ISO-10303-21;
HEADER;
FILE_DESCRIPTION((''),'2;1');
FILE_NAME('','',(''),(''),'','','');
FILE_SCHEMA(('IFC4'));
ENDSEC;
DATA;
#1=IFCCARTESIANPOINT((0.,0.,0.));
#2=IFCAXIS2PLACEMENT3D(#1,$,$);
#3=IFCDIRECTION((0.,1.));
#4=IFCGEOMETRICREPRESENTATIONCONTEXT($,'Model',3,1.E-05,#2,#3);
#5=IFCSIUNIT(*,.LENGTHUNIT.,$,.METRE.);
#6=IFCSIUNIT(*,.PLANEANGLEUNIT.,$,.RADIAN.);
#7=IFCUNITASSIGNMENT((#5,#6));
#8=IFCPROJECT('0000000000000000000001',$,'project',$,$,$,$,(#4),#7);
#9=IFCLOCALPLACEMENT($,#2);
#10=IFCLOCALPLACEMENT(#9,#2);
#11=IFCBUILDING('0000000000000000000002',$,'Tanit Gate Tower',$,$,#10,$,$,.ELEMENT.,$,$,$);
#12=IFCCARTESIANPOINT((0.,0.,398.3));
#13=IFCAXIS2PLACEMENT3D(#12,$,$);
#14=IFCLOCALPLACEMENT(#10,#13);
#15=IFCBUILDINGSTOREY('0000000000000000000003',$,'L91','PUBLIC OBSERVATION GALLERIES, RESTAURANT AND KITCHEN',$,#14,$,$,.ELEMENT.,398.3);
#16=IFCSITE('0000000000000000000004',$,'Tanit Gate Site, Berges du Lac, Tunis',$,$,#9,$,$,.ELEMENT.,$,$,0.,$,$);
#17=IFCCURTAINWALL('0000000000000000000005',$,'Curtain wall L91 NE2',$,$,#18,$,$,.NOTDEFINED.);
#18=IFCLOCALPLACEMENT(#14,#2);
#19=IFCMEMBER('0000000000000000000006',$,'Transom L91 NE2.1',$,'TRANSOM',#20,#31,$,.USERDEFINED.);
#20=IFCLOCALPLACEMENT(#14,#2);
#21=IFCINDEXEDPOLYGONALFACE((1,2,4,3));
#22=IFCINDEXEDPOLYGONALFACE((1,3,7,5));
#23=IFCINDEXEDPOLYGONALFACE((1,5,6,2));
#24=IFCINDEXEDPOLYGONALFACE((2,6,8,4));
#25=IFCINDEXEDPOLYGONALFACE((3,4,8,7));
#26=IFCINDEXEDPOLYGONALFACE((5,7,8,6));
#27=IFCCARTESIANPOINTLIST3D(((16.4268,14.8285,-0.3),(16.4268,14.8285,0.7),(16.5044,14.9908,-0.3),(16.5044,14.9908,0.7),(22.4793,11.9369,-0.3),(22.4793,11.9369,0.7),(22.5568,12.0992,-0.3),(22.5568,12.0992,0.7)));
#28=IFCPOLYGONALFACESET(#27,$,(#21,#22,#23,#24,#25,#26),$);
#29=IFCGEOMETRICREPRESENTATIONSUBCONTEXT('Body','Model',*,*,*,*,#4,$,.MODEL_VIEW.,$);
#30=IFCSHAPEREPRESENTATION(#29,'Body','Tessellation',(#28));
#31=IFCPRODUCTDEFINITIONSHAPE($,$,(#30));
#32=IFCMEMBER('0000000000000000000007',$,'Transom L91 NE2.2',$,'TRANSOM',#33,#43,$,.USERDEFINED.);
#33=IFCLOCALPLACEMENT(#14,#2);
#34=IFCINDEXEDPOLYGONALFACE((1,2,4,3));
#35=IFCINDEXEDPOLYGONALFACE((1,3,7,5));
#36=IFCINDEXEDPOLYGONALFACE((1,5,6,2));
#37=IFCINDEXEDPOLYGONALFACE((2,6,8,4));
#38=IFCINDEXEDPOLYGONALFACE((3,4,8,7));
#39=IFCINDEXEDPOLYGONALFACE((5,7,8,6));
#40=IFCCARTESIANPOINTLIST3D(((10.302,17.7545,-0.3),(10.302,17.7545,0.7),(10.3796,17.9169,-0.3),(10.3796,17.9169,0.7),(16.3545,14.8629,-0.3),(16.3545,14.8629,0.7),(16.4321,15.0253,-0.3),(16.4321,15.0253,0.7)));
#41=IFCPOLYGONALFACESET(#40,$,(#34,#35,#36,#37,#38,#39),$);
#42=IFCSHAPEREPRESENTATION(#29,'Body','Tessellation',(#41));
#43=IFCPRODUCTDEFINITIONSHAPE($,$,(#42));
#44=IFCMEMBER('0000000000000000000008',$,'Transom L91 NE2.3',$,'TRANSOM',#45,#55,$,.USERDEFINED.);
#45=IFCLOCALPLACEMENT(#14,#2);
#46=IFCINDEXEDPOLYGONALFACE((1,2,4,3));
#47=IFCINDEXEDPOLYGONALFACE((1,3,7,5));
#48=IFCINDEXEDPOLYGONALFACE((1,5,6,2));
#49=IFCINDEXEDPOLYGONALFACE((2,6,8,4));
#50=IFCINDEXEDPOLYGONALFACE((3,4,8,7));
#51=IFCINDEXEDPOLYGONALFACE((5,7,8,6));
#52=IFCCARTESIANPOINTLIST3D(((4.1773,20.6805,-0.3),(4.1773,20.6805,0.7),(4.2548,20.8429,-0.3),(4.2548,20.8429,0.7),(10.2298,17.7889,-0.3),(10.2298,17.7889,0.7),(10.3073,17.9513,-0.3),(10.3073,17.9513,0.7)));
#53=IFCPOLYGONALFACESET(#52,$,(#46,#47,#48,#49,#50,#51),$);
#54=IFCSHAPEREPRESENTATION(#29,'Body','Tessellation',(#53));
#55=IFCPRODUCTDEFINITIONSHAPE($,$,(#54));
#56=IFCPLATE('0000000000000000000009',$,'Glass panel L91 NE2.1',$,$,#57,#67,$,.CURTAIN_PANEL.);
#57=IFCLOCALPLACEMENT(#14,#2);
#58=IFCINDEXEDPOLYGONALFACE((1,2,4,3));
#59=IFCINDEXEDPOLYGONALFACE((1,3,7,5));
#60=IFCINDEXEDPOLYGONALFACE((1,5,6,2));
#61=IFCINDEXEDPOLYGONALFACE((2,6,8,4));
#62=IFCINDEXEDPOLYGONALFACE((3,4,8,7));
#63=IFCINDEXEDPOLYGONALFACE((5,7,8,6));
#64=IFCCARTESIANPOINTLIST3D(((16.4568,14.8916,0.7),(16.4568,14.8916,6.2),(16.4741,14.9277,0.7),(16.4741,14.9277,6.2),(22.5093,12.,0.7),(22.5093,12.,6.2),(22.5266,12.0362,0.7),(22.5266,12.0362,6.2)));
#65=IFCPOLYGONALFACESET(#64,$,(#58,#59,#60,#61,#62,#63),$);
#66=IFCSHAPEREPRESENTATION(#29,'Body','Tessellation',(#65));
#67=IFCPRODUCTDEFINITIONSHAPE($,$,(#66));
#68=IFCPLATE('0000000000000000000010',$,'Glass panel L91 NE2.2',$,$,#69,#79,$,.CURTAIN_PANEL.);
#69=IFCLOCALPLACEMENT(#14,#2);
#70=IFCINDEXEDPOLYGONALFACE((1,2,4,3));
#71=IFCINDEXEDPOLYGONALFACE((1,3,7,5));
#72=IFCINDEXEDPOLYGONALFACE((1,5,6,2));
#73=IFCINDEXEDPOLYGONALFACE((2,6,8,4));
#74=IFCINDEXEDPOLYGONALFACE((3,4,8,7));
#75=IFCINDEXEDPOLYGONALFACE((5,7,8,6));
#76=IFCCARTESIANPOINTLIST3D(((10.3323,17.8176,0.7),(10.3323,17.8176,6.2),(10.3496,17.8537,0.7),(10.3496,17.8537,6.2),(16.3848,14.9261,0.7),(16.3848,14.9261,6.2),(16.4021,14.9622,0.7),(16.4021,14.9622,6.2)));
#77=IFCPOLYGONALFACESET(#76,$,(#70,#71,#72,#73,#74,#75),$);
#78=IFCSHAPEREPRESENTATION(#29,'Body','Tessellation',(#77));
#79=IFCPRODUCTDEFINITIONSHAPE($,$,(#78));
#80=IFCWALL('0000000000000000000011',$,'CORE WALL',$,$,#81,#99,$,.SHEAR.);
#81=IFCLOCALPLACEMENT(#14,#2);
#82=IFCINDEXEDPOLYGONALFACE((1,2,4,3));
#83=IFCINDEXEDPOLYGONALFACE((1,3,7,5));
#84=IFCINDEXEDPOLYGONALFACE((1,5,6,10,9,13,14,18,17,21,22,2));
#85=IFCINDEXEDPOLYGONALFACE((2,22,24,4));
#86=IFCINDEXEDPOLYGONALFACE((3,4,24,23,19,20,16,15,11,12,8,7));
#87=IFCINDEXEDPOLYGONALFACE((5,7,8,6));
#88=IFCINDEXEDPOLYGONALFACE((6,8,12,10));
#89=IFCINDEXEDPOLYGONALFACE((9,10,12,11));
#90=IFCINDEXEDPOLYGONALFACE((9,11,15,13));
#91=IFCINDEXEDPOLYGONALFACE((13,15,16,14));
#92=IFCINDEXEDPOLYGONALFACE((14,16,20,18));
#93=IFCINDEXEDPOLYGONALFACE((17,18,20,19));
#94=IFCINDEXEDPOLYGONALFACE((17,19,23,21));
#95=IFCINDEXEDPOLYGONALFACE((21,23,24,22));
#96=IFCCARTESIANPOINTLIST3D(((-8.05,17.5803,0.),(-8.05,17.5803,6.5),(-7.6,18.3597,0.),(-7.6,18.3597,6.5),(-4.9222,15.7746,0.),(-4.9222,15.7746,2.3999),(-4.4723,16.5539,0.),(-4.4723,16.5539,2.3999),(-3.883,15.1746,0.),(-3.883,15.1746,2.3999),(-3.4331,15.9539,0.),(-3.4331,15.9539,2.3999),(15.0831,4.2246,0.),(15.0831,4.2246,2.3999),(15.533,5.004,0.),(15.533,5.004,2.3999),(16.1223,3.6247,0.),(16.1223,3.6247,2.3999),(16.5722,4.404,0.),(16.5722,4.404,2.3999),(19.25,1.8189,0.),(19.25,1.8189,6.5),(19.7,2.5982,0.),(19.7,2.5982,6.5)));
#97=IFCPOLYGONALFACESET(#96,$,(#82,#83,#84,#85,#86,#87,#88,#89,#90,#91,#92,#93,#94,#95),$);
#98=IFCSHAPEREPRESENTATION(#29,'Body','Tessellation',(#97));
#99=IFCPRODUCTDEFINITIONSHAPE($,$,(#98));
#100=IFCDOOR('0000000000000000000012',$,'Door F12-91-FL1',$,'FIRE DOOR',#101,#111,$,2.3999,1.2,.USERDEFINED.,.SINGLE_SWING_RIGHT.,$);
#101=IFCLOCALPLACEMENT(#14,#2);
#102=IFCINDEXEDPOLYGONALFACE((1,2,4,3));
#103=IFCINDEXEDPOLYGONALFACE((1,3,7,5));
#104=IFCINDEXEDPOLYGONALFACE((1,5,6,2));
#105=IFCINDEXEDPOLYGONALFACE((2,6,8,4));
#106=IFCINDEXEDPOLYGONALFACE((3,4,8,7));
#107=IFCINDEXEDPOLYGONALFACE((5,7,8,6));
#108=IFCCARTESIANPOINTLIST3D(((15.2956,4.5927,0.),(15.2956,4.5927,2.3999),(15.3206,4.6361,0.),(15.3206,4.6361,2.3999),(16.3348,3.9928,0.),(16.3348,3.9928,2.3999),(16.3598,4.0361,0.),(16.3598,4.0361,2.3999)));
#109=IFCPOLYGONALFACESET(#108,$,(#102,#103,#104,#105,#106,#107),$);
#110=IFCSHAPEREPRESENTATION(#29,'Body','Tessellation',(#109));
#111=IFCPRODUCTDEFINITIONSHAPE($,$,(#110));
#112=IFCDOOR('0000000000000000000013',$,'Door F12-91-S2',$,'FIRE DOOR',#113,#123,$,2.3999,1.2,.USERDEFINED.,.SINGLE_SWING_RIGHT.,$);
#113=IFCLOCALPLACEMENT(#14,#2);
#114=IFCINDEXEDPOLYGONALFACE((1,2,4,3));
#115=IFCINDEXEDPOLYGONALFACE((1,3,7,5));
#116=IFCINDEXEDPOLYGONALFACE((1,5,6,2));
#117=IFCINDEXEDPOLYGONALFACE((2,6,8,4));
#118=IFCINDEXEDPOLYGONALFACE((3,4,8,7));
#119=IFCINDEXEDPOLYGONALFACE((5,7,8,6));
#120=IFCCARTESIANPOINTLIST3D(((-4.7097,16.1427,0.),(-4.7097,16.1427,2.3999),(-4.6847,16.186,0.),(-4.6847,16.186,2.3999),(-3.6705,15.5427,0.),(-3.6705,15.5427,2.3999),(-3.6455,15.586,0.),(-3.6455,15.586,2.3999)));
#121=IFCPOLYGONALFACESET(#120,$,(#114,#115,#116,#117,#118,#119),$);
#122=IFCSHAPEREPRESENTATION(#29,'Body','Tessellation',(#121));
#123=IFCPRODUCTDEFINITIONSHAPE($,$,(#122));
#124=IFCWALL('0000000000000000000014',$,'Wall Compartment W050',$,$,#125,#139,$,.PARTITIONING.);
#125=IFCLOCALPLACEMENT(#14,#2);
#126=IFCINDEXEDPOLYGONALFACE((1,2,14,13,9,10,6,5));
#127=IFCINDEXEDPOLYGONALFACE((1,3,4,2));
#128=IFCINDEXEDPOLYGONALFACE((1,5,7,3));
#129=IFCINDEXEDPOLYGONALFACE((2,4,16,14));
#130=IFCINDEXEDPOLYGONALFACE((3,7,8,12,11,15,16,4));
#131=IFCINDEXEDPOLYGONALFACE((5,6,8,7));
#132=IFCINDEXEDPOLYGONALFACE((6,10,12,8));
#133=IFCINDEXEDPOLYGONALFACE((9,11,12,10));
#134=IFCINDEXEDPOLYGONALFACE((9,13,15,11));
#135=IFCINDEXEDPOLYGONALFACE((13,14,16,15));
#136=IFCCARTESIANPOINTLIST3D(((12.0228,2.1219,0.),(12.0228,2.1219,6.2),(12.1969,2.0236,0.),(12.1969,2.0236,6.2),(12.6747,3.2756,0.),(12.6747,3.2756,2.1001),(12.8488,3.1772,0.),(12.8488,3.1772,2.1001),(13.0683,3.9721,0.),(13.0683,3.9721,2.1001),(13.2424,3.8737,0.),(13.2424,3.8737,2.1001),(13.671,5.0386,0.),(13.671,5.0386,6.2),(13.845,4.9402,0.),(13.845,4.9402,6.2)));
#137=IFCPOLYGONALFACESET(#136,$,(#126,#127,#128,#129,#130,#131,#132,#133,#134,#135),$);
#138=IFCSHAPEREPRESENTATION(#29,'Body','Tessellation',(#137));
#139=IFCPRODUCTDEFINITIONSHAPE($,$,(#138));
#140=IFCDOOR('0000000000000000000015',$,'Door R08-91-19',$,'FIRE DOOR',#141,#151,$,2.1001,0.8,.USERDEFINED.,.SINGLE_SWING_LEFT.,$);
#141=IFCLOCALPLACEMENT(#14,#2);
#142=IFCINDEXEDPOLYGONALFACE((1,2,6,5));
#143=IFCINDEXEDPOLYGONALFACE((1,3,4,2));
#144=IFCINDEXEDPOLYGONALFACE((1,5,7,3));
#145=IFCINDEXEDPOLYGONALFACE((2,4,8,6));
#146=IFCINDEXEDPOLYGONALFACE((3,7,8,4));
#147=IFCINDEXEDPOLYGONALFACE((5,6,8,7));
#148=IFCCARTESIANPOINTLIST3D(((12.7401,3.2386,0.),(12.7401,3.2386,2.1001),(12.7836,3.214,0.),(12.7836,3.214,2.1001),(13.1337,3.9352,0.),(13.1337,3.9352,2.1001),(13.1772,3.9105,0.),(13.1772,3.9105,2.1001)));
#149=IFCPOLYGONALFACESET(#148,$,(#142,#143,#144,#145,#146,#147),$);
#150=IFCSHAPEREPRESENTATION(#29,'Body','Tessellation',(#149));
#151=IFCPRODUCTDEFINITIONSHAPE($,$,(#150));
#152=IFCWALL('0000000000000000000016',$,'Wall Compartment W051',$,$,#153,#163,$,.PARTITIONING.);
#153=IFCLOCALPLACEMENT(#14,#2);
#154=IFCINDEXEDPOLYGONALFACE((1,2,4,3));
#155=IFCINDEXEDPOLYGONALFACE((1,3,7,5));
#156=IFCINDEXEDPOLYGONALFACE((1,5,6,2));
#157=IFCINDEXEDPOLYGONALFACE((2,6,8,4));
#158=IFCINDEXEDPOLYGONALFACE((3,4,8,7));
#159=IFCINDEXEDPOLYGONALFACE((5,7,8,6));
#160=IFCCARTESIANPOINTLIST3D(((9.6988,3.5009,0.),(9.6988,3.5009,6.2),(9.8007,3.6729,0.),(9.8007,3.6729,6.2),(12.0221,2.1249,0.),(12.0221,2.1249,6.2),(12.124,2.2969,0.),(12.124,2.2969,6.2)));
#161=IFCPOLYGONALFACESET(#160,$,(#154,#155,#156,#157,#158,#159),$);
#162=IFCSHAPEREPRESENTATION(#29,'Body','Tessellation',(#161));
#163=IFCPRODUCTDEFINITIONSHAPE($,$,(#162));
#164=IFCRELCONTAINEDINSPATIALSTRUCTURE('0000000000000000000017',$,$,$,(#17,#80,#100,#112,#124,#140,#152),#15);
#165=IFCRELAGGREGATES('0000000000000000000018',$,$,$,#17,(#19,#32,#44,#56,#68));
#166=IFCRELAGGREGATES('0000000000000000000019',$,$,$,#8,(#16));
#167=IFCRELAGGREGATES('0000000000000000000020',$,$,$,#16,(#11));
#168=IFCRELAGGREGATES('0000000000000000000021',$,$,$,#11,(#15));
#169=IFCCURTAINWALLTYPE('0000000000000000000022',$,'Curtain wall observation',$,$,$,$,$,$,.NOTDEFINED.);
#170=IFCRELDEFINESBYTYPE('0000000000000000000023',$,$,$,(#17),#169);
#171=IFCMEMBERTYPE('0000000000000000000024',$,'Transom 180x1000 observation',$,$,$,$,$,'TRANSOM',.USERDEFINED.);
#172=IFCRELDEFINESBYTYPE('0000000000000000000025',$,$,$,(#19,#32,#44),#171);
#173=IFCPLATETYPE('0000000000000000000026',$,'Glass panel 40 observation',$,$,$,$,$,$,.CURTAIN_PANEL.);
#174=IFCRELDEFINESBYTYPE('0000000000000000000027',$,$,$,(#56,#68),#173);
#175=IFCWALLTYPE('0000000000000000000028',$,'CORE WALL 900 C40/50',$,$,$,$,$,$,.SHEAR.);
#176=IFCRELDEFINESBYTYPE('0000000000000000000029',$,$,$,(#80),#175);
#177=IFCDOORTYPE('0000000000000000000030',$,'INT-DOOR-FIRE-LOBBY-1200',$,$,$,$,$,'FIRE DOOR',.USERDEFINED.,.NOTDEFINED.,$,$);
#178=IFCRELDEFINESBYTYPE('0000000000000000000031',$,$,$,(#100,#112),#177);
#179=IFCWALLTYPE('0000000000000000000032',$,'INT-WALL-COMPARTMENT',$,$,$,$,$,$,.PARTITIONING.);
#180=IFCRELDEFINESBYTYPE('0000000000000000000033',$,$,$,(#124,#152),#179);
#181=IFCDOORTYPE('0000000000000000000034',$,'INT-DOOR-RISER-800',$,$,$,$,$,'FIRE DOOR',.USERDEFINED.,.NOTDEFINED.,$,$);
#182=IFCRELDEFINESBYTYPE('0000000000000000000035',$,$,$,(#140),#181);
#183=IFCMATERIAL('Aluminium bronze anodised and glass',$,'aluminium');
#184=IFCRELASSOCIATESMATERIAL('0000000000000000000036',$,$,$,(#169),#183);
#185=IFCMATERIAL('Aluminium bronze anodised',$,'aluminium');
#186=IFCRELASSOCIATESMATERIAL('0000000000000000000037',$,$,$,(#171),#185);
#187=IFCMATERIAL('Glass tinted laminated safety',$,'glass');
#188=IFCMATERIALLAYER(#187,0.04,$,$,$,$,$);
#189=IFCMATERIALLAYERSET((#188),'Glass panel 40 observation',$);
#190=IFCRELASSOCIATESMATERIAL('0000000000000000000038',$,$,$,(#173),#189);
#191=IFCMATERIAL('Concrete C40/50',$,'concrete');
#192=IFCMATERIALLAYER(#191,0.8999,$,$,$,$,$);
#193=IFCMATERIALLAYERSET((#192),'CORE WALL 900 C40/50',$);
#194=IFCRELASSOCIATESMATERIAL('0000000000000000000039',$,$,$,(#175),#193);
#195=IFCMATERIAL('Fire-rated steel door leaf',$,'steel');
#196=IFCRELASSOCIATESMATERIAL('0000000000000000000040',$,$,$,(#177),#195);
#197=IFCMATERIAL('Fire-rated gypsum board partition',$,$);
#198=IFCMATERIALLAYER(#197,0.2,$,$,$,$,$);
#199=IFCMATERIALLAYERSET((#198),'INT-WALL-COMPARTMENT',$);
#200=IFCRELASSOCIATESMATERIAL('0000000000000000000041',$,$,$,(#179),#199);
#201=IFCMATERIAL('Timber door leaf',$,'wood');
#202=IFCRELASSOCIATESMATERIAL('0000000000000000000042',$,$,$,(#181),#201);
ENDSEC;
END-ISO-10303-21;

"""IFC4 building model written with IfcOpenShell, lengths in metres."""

from ifc_helpers import new_model, si_unit, direction, frame, frame_2d, origin, origin_2d, place, context, subcontext, project, spatial, rectangle, extrude, material, layer, layer_set, material_profile, profile_set, type_object, element, fill, aggregate, save


model = new_model("IFC4")

# Units and contexts
model_context = context("Model", 3, precision=1e-05, world=origin(), true_north=direction((0.0, 1.0)))
body_context = subcontext(model_context, "Body", "Model", "MODEL_VIEW")
ifc_project = project(units=[si_unit("LENGTHUNIT", "METRE"), si_unit("PLANEANGLEUNIT", "RADIAN")], contexts=[model_context])

# Site, building, storey
site_placement = place(None, origin())
site = spatial("IfcSite", under=ifc_project, at=site_placement, Name="Tanit Gate Site, Berges du Lac, Tunis", CompositionType="ELEMENT", RefElevation=0.0)
building_placement = place(site_placement, origin())
building = spatial("IfcBuilding", under=site, at=building_placement, Name="Tanit Gate Tower", CompositionType="ELEMENT")
storey_placement = place(building_placement, frame((0.0, 0.0, 398.3)))
storey = spatial("IfcBuildingStorey", under=building, at=storey_placement, Name="L91", Description="PUBLIC OBSERVATION GALLERIES, RESTAURANT AND KITCHEN", CompositionType="ELEMENT", Elevation=398.3)

# Curtain wall
ifc_material_1 = material(Name="Aluminium bronze anodised and glass", Category="aluminium")
curtain_wall_type = type_object("IfcCurtainWallType", Name="Curtain wall observation", PredefinedType="NOTDEFINED", material=ifc_material_1)
curtain_wall_placement = place(storey_placement, origin())
curtain_wall = element("IfcCurtainWall", 1, at=curtain_wall_placement, inside=storey, type_object=curtain_wall_type, Name="Curtain wall L91 NE2", PredefinedType="NOTDEFINED")

# Members
ifc_material_2 = material(Name="Aluminium bronze anodised", Category="aluminium")
ifc_material_profile_1 = material_profile(ifc_material_2, rectangle(XDim=0.1799, YDim=1.0, at=origin_2d()), Name="180x1000 bronze transom")
ifc_profile_set_1 = profile_set([ifc_material_profile_1], Name="Aluminium bronze anodised")
member_type_1 = type_object("IfcMemberType", Name="Transom 180x1000 observation", ElementType="TRANSOM", PredefinedType="USERDEFINED", material=ifc_profile_set_1)
member_1_placement = place(storey_placement, frame((22.5181, 12.0181, 0.2), z_axis=(-0.902312, 0.431083, 0.0), x_axis=(-0.431083, -0.902312, 0.0)))
member_1 = element("IfcMember", 2, at=member_1_placement, type_object=member_type_1, Name="Transom L91 NE2.1", ObjectType="TRANSOM", PredefinedType="USERDEFINED", context=body_context, shape_type="SweptSolid", body=[
    extrude(rectangle(XDim=0.1799, YDim=1.0, at=origin_2d()), origin(), (0.0, 0.0, 1.0), 6.7078),
])
member_2_placement = place(storey_placement, frame((16.3933, 14.9441, 0.2), z_axis=(-0.902312, 0.431083, 0.0), x_axis=(-0.431083, -0.902312, 0.0)))
member_2 = element("IfcMember", 3, at=member_2_placement, type_object=member_type_1, Name="Transom L91 NE2.2", ObjectType="TRANSOM", PredefinedType="USERDEFINED", context=body_context, shape_type="SweptSolid", body=[
    extrude(rectangle(XDim=0.1799, YDim=1.0, at=origin_2d()), origin(), (0.0, 0.0, 1.0), 6.7078),
])
member_3_placement = place(storey_placement, frame((10.2686, 17.8701, 0.2), z_axis=(-0.902312, 0.431083, 0.0), x_axis=(-0.431083, -0.902312, 0.0)))
member_3 = element("IfcMember", 4, at=member_3_placement, type_object=member_type_1, Name="Transom L91 NE2.3", ObjectType="TRANSOM", PredefinedType="USERDEFINED", context=body_context, shape_type="SweptSolid", body=[
    extrude(rectangle(XDim=0.1799, YDim=1.0, at=origin_2d()), origin(), (0.0, 0.0, 1.0), 6.7078),
])

# Plates
ifc_material_3 = material(Name="Glass tinted laminated safety", Category="glass")
ifc_layer_1 = layer(ifc_material_3, 0.04)
ifc_layer_set_1 = layer_set([ifc_layer_1], Name="Glass panel 40 observation")
plate_type = type_object("IfcPlateType", Name="Glass panel 40 observation", PredefinedType="CURTAIN_PANEL", material=ifc_layer_set_1)
plate_1_placement = place(storey_placement, frame((19.4917, 13.4639, 0.7), z_axis=(0.0, 0.0, 1.0), x_axis=(-0.902317, 0.431073, 0.0)))
plate_1 = element("IfcPlate", 5, at=plate_1_placement, type_object=plate_type, Name="Glass panel L91 NE2.1", PredefinedType="CURTAIN_PANEL", context=body_context, shape_type="SweptSolid", body=[
    extrude(rectangle(XDim=6.7078, YDim=0.04, at=origin_2d()), origin(), (0.0, 0.0, 1.0), 5.5),
])
plate_2_placement = place(storey_placement, frame((13.3672, 16.3899, 0.7), z_axis=(0.0, 0.0, 1.0), x_axis=(-0.902317, 0.431073, 0.0)))
plate_2 = element("IfcPlate", 6, at=plate_2_placement, type_object=plate_type, Name="Glass panel L91 NE2.2", PredefinedType="CURTAIN_PANEL", context=body_context, shape_type="SweptSolid", body=[
    extrude(rectangle(XDim=6.7078, YDim=0.04, at=origin_2d()), origin(), (0.0, 0.0, 1.0), 5.5),
])
aggregate(curtain_wall, [member_1, member_2, member_3, plate_1, plate_2])

# Wall, openings, doors
ifc_material_4 = material(Name="Concrete C40/50", Category="concrete")
ifc_layer_2 = layer(ifc_material_4, 0.8999)
ifc_layer_set_2 = layer_set([ifc_layer_2], Name="CORE WALL 900 C40/50")
wall_type_1 = type_object("IfcWallType", Name="CORE WALL 900 C40/50", PredefinedType="SHEAR", material=ifc_layer_set_2)
wall_1_placement = place(storey_placement, frame((19.4751, 2.2085, 0.0), z_axis=(0.0, 0.0, 1.0), x_axis=(-0.866028, 0.499995, 0.0)))
wall_1 = element("IfcWall", 7, at=wall_1_placement, inside=storey, type_object=wall_type_1, Name="CORE WALL", PredefinedType="SHEAR", context=body_context, shape_type="SweptSolid", body=[
    extrude(rectangle(XDim=31.5232, YDim=0.8999, at=frame_2d((15.7617, 0.0))), origin(), (0.0, 0.0, 1.0), 6.5),
])
opening_1_placement = place(wall_1_placement, frame((3.6116, 0.0, 0.0)))
opening_1 = element("IfcOpeningElement", 8, at=opening_1_placement, cuts=wall_1, PredefinedType="OPENING", context=body_context, shape_type="SweptSolid", body=[
    extrude(rectangle(XDim=1.2, YDim=2.3999, at=frame_2d((0.6001, 1.2))), frame((0.0, 0.46, 0.0), z_axis=(0.0, -1.0, 0.0), x_axis=(1.0, 0.0, 0.0)), (0.0, 0.0, 1.0), 0.9199),
])
opening_2_placement = place(wall_1_placement, frame((26.7117, 0.0, 0.0)))
opening_2 = element("IfcOpeningElement", 9, at=opening_2_placement, cuts=wall_1, PredefinedType="OPENING", context=body_context, shape_type="SweptSolid", body=[
    extrude(rectangle(XDim=1.2, YDim=2.3999, at=frame_2d((0.6001, 1.2))), frame((0.0, 0.46, 0.0), z_axis=(0.0, -1.0, 0.0), x_axis=(1.0, 0.0, 0.0)), (0.0, 0.0, 1.0), 0.9199),
])
ifc_material_5 = material(Name="Fire-rated steel door leaf", Category="steel")
door_type_1 = type_object("IfcDoorType", Name="INT-DOOR-FIRE-LOBBY-1200", ElementType="FIRE DOOR", OperationType="NOTDEFINED", PredefinedType="USERDEFINED", material=ifc_material_5)
door_1_placement = place(opening_1_placement, origin())
door_1 = element("IfcDoor", 10, at=door_1_placement, inside=storey, type_object=door_type_1, Name="Door F12-91-FL1", ObjectType="FIRE DOOR", OperationType="SINGLE_SWING_RIGHT", OverallHeight=2.3999, OverallWidth=1.2, PredefinedType="USERDEFINED", context=body_context, shape_type="SweptSolid", body=[
    extrude(rectangle(XDim=1.2, YDim=2.3999, at=frame_2d((0.6001, 1.2))), frame((0.0, 0.0249, 0.0), z_axis=(0.0, -1.0, 0.0), x_axis=(1.0, 0.0, 0.0)), (0.0, 0.0, 1.0), 0.05),
])
fill(opening_1, door_1)
door_2_placement = place(opening_2_placement, origin())
door_2 = element("IfcDoor", 11, at=door_2_placement, inside=storey, type_object=door_type_1, Name="Door F12-91-S2", ObjectType="FIRE DOOR", OperationType="SINGLE_SWING_RIGHT", OverallHeight=2.3999, OverallWidth=1.2, PredefinedType="USERDEFINED", context=body_context, shape_type="SweptSolid", body=[
    extrude(rectangle(XDim=1.2, YDim=2.3999, at=frame_2d((0.6001, 1.2))), frame((0.0, 0.0249, 0.0), z_axis=(0.0, -1.0, 0.0), x_axis=(1.0, 0.0, 0.0)), (0.0, 0.0, 1.0), 0.05),
])
fill(opening_2, door_2)

# Wall, opening, door
ifc_material_6 = material(Name="Fire-rated gypsum board partition")
ifc_layer_3 = layer(ifc_material_6, 0.2)
ifc_layer_set_3 = layer_set([ifc_layer_3], Name="INT-WALL-COMPARTMENT")
wall_type_2 = type_object("IfcWallType", Name="INT-WALL-COMPARTMENT", PredefinedType="PARTITIONING", material=ifc_layer_set_3)
wall_2_placement = place(storey_placement, frame((12.1099, 2.0728, 0.0), z_axis=(0.0, 0.0, 1.0), x_axis=(0.491966, 0.870614, 0.0)))
wall_2 = element("IfcWall", 12, at=wall_2_placement, inside=storey, type_object=wall_type_2, Name="Wall Compartment W050", PredefinedType="PARTITIONING", context=body_context, shape_type="SweptSolid", body=[
    extrude(rectangle(XDim=3.3501, YDim=0.2, at=frame_2d((1.675, 0.0))), origin(), (0.0, 0.0, 1.0), 6.2),
])
opening_3_placement = place(wall_2_placement, frame((1.3252, 0.0, 0.0)))
opening_3 = element("IfcOpeningElement", 13, at=opening_3_placement, cuts=wall_2, PredefinedType="OPENING", context=body_context, shape_type="SweptSolid", body=[
    extrude(rectangle(XDim=0.8, YDim=2.1001, at=frame_2d((0.3999, 1.05))), frame((0.0, 0.1099, 0.0), z_axis=(0.0, -1.0, 0.0), x_axis=(1.0, 0.0, 0.0)), (0.0, 0.0, 1.0), 0.22),
])
ifc_material_7 = material(Name="Timber door leaf", Category="wood")
door_type_2 = type_object("IfcDoorType", Name="INT-DOOR-RISER-800", ElementType="FIRE DOOR", OperationType="NOTDEFINED", PredefinedType="USERDEFINED", material=ifc_material_7)
door_3_placement = place(opening_3_placement, origin())
door_3 = element("IfcDoor", 14, at=door_3_placement, inside=storey, type_object=door_type_2, Name="Door R08-91-19", ObjectType="FIRE DOOR", OperationType="SINGLE_SWING_LEFT", OverallHeight=2.1001, OverallWidth=0.8, PredefinedType="USERDEFINED", context=body_context, shape_type="SweptSolid", body=[
    extrude(rectangle(XDim=0.8, YDim=2.1001, at=frame_2d((0.3999, 1.05))), frame((0.0, 0.0249, 0.0), z_axis=(0.0, -1.0, 0.0), x_axis=(1.0, 0.0, 0.0)), (0.0, 0.0, 1.0), 0.05),
])
fill(opening_3, door_3)

# Wall
wall_3_placement = place(storey_placement, frame((9.7498, 3.5869, 0.0), z_axis=(0.0, 0.0, 1.0), x_axis=(0.860415, -0.509594, 0.0)))
element("IfcWall", 15, at=wall_3_placement, inside=storey, type_object=wall_type_2, Name="Wall Compartment W051", PredefinedType="PARTITIONING", context=body_context, shape_type="SweptSolid", body=[
    extrude(rectangle(XDim=2.7002, YDim=0.2, at=frame_2d((1.3501, 0.0))), origin(), (0.0, 0.0, 1.0), 6.2),
])

save(model, "model.ifc")
